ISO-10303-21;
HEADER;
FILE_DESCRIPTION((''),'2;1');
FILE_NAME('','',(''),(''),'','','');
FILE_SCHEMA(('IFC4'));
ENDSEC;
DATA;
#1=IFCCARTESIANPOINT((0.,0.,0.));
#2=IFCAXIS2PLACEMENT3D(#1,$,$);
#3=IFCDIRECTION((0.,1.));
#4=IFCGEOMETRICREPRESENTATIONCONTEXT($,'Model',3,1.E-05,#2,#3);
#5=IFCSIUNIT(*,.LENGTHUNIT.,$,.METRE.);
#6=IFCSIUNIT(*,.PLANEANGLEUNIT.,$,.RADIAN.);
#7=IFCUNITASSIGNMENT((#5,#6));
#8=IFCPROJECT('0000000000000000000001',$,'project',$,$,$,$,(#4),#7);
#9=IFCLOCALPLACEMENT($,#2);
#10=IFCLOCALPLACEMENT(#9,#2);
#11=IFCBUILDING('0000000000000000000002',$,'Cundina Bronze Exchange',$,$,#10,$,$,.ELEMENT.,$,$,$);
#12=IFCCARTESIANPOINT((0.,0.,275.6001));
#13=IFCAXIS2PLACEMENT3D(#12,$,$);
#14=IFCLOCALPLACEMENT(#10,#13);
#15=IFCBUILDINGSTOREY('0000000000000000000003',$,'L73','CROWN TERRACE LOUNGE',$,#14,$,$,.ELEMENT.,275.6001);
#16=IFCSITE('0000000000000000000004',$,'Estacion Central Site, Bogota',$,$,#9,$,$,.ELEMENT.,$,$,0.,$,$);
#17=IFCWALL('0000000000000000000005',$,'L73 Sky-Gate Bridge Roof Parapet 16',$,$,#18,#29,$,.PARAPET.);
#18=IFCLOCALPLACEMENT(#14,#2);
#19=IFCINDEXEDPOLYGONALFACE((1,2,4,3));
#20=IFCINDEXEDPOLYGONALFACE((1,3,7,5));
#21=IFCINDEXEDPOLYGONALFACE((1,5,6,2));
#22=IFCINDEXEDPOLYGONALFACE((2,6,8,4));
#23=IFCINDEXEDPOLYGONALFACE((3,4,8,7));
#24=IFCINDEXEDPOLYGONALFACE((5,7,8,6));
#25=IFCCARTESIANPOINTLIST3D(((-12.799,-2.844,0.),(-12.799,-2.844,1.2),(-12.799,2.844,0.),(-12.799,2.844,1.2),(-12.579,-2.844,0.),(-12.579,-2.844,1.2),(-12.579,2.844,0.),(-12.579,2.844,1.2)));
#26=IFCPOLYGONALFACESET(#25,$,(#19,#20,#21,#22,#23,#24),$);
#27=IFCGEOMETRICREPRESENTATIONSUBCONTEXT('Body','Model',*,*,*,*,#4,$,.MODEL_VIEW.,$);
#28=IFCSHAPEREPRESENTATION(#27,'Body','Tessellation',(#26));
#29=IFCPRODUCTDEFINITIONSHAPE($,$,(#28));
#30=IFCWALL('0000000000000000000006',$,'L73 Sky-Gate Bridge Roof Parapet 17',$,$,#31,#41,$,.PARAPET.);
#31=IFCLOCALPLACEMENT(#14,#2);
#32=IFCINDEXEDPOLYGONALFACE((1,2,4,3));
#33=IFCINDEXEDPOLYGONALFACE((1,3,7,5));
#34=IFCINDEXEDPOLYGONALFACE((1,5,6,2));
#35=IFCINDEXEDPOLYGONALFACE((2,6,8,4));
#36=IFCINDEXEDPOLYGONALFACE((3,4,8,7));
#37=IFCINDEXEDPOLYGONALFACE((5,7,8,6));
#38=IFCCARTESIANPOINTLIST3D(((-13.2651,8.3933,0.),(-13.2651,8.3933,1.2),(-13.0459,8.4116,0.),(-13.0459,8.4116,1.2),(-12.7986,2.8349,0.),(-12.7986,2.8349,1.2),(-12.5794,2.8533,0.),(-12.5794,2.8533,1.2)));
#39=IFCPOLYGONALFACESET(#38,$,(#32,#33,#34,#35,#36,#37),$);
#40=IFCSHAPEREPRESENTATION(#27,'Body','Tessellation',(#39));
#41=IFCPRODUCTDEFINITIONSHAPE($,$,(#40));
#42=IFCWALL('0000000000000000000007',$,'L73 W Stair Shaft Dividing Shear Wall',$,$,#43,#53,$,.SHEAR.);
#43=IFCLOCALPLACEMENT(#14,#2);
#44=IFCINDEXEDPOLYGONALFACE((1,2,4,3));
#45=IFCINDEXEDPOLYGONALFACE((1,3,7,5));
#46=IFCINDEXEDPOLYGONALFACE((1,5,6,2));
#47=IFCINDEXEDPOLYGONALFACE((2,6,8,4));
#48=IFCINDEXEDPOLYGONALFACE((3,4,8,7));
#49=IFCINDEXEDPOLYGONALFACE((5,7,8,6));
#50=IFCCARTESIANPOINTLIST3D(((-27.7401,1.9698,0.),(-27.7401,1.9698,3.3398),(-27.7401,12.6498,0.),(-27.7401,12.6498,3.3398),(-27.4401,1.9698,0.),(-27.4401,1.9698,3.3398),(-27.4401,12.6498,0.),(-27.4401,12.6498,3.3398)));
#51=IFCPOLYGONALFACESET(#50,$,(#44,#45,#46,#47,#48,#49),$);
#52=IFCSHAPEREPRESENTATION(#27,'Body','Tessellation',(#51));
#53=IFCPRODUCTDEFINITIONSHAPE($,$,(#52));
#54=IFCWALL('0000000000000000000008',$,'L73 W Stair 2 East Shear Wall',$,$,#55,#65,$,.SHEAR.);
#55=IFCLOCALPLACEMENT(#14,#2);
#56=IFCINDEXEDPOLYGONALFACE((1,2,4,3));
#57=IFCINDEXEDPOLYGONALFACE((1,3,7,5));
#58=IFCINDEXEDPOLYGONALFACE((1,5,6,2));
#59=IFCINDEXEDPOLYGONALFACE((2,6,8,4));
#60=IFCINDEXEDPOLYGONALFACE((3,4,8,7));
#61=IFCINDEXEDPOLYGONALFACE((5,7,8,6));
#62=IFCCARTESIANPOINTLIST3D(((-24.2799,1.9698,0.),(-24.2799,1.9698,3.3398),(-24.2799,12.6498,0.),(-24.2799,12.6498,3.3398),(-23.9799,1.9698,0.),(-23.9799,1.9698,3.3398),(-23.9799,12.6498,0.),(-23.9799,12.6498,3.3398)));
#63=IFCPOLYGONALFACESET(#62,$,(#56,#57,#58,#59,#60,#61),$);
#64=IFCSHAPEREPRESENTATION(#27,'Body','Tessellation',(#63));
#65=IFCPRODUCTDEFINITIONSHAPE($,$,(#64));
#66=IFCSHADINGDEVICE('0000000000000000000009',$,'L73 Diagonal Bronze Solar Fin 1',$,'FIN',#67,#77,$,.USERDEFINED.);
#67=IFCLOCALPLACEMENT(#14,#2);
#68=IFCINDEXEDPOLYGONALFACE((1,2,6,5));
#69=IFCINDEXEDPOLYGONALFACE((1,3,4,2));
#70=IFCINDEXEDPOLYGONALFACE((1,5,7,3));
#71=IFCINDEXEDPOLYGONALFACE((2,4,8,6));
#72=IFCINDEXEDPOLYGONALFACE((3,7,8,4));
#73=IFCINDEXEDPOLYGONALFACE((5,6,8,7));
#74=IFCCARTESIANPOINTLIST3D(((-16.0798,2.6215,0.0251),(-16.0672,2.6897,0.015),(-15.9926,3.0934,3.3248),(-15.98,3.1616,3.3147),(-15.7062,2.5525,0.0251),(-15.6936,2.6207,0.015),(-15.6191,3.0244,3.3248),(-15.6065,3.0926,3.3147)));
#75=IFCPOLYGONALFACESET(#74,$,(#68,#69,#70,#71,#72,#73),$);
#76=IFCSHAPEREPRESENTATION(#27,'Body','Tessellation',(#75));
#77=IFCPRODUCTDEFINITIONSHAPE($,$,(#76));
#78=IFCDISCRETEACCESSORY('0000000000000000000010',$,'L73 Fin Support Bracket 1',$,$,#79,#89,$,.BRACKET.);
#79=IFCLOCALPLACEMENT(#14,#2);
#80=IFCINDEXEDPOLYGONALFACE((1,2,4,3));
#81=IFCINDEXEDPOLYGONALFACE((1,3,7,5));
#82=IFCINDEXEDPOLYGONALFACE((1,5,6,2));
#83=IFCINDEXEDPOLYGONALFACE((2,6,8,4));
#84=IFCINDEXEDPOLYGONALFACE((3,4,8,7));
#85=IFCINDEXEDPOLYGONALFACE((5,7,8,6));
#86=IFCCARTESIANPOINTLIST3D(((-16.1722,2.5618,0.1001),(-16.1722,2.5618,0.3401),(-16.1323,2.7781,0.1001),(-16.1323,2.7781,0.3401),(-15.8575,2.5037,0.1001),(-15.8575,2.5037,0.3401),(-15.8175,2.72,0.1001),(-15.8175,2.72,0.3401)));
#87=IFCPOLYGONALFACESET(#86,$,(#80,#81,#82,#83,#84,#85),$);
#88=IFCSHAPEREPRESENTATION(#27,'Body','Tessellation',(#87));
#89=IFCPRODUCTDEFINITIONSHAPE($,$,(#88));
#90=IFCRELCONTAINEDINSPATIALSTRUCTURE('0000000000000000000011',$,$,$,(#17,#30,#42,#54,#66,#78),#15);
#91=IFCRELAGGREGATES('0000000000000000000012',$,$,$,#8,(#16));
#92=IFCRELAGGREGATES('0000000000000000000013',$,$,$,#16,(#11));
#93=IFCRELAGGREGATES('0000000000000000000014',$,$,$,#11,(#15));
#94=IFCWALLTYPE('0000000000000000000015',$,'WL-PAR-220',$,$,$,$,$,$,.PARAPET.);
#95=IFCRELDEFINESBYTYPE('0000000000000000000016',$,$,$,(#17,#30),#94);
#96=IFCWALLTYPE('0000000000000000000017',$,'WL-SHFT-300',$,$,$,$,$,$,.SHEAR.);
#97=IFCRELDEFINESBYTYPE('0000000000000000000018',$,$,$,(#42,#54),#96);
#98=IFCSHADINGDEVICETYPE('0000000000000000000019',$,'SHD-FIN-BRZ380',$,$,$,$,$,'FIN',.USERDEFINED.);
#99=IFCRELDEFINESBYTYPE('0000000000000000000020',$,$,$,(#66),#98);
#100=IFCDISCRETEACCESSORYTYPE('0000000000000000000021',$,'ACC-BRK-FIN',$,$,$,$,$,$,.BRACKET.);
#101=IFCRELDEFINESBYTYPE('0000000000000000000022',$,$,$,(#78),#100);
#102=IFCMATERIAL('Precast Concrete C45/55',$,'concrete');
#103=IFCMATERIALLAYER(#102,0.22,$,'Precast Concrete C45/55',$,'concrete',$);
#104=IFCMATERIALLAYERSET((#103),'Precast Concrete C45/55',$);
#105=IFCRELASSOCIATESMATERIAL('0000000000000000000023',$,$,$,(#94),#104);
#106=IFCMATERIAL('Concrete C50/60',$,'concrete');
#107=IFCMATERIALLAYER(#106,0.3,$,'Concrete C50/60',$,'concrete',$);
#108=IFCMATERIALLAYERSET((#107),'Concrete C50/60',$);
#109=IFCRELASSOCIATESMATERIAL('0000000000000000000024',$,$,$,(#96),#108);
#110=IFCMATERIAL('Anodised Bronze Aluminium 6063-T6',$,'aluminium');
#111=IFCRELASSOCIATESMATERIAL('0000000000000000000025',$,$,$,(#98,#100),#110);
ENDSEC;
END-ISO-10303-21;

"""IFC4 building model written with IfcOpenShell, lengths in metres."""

from ifc_helpers import new_model, si_unit, direction, frame, frame_2d, origin, origin_2d, place, context, subcontext, project, spatial, rectangle, extrude, material, layer, layer_set, material_profile, profile_set, type_object, element, save


model = new_model("IFC4")

# Units and contexts
model_context = context("Model", 3, precision=1e-05, world=origin(), true_north=direction((0.0, 1.0)))
body_context = subcontext(model_context, "Body", "Model", "MODEL_VIEW")
ifc_project = project(units=[si_unit("LENGTHUNIT", "METRE"), si_unit("PLANEANGLEUNIT", "RADIAN")], contexts=[model_context])

# Site, building, storey
site_placement = place(None, origin())
site = spatial("IfcSite", under=ifc_project, at=site_placement, Name="Estacion Central Site, Bogota", CompositionType="ELEMENT", RefElevation=0.0)
building_placement = place(site_placement, origin())
building = spatial("IfcBuilding", under=site, at=building_placement, Name="Cundina Bronze Exchange", CompositionType="ELEMENT")
storey_placement = place(building_placement, frame((0.0, 0.0, 275.6001)))
storey = spatial("IfcBuildingStorey", under=building, at=storey_placement, Name="L73", Description="CROWN TERRACE LOUNGE", CompositionType="ELEMENT", Elevation=275.6001)

# Shared definitions
ifc_material_1 = material(Name="Anodised Bronze Aluminium 6063-T6", Category="aluminium")

# Shared definitions
ifc_material_2 = material(Name="Concrete C50/60", Category="concrete")

# Walls
ifc_material_3 = material(Name="Precast Concrete C45/55", Category="concrete")
ifc_layer_1 = layer(ifc_material_3, 0.22, Name="Precast Concrete C45/55", Category="concrete")
ifc_layer_set_1 = layer_set([ifc_layer_1], Name="Precast Concrete C45/55")
wall_type_1 = type_object("IfcWallType", Name="WL-PAR-220", PredefinedType="PARAPET", material=ifc_layer_set_1)
wall_1_placement = place(storey_placement, frame((-12.689, -2.844, 0.0), z_axis=(0.0, 0.0, 1.0), x_axis=(0.0, 1.0, 0.0)))
element("IfcWall", 1, at=wall_1_placement, inside=storey, type_object=wall_type_1, Name="L73 Sky-Gate Bridge Roof Parapet 16", PredefinedType="PARAPET", context=body_context, shape_type="SweptSolid", body=[
    extrude(rectangle(XDim=5.688, YDim=0.22, at=frame_2d((2.844, 0.0))), origin(), (0.0, 0.0, 1.0), 1.2),
])
wall_2_placement = place(storey_placement, frame((-12.689, 2.844, 0.0), z_axis=(0.0, 0.0, 1.0), x_axis=(-0.083643, 0.996496, 0.0)))
element("IfcWall", 2, at=wall_2_placement, inside=storey, type_object=wall_type_1, Name="L73 Sky-Gate Bridge Roof Parapet 17", PredefinedType="PARAPET", context=body_context, shape_type="SweptSolid", body=[
    extrude(rectangle(XDim=5.5779, YDim=0.22, at=frame_2d((2.7891, 0.0))), origin(), (0.0, 0.0, 1.0), 1.2),
])
ifc_layer_2 = layer(ifc_material_2, 0.3, Name="Concrete C50/60", Category="concrete")
ifc_layer_set_2 = layer_set([ifc_layer_2], Name="Concrete C50/60")
wall_type_2 = type_object("IfcWallType", Name="WL-SHFT-300", PredefinedType="SHEAR", material=ifc_layer_set_2)
for number, where, z_axis, x_axis, name in (
    (3, (-27.5901, 1.97, 0.0), (0.0, 0.0, 1.0), (0.0, 1.0, 0.0), "L73 W Stair Shaft Dividing Shear Wall"),
    (4, (-24.1299, 1.97, 0.0), (0.0, 0.0, 1.0), (0.0, 1.0, 0.0), "L73 W Stair 2 East Shear Wall"),
):
    element("IfcWall", number, at=place(storey_placement, frame(where, z_axis=z_axis, x_axis=x_axis)), inside=storey, type_object=wall_type_2, Name=name, PredefinedType="SHEAR", context=body_context, shape_type="SweptSolid", body=[
        extrude(rectangle(XDim=10.6799, YDim=0.3, at=frame_2d((5.3398, 0.0))), origin(), (0.0, 0.0, 1.0), 3.3398),
    ])

# Shading device
ifc_material_profile_1 = material_profile(ifc_material_1, rectangle(XDim=0.0701, YDim=0.3799, at=origin_2d()), Name="FIN70X380", Category="aluminium")
ifc_profile_set_1 = profile_set([ifc_material_profile_1], Name="Anodised Bronze Aluminium 6063-T6")
shading_device_type = type_object("IfcShadingDeviceType", Name="SHD-FIN-BRZ380", ElementType="FIN", PredefinedType="USERDEFINED", material=ifc_profile_set_1)
shading_device_placement = place(storey_placement, frame((-15.8867, 2.6211, 0.02), z_axis=(0.026138, 0.141527, 0.989589), x_axis=(-0.179725, -0.973132, 0.14392)))
element("IfcShadingDevice", 5, at=shading_device_placement, inside=storey, type_object=shading_device_type, Name="L73 Diagonal Bronze Solar Fin 1", ObjectType="FIN", PredefinedType="USERDEFINED", context=body_context, shape_type="SweptSolid", body=[
    extrude(rectangle(XDim=0.0701, YDim=0.3799, at=origin_2d()), origin(), (0.0, 0.0, 1.0), 3.3345),
])

# Discrete accessory
discrete_accessory_type = type_object("IfcDiscreteAccessoryType", Name="ACC-BRK-FIN", PredefinedType="BRACKET", material=ifc_material_1)
discrete_accessory_placement = place(storey_placement, frame((-15.9949, 2.6409, 0.1001), z_axis=(0.0, 0.0, 1.0), x_axis=(0.181566, 0.983379, 0.0)))
element("IfcDiscreteAccessory", 6, at=discrete_accessory_placement, inside=storey, type_object=discrete_accessory_type, Name="L73 Fin Support Bracket 1", PredefinedType="BRACKET", context=body_context, shape_type="SweptSolid", body=[
    extrude(rectangle(XDim=0.22, YDim=0.3201, at=origin_2d()), origin(), (0.0, 0.0, 1.0), 0.24),
])

save(model, "model.ifc")
